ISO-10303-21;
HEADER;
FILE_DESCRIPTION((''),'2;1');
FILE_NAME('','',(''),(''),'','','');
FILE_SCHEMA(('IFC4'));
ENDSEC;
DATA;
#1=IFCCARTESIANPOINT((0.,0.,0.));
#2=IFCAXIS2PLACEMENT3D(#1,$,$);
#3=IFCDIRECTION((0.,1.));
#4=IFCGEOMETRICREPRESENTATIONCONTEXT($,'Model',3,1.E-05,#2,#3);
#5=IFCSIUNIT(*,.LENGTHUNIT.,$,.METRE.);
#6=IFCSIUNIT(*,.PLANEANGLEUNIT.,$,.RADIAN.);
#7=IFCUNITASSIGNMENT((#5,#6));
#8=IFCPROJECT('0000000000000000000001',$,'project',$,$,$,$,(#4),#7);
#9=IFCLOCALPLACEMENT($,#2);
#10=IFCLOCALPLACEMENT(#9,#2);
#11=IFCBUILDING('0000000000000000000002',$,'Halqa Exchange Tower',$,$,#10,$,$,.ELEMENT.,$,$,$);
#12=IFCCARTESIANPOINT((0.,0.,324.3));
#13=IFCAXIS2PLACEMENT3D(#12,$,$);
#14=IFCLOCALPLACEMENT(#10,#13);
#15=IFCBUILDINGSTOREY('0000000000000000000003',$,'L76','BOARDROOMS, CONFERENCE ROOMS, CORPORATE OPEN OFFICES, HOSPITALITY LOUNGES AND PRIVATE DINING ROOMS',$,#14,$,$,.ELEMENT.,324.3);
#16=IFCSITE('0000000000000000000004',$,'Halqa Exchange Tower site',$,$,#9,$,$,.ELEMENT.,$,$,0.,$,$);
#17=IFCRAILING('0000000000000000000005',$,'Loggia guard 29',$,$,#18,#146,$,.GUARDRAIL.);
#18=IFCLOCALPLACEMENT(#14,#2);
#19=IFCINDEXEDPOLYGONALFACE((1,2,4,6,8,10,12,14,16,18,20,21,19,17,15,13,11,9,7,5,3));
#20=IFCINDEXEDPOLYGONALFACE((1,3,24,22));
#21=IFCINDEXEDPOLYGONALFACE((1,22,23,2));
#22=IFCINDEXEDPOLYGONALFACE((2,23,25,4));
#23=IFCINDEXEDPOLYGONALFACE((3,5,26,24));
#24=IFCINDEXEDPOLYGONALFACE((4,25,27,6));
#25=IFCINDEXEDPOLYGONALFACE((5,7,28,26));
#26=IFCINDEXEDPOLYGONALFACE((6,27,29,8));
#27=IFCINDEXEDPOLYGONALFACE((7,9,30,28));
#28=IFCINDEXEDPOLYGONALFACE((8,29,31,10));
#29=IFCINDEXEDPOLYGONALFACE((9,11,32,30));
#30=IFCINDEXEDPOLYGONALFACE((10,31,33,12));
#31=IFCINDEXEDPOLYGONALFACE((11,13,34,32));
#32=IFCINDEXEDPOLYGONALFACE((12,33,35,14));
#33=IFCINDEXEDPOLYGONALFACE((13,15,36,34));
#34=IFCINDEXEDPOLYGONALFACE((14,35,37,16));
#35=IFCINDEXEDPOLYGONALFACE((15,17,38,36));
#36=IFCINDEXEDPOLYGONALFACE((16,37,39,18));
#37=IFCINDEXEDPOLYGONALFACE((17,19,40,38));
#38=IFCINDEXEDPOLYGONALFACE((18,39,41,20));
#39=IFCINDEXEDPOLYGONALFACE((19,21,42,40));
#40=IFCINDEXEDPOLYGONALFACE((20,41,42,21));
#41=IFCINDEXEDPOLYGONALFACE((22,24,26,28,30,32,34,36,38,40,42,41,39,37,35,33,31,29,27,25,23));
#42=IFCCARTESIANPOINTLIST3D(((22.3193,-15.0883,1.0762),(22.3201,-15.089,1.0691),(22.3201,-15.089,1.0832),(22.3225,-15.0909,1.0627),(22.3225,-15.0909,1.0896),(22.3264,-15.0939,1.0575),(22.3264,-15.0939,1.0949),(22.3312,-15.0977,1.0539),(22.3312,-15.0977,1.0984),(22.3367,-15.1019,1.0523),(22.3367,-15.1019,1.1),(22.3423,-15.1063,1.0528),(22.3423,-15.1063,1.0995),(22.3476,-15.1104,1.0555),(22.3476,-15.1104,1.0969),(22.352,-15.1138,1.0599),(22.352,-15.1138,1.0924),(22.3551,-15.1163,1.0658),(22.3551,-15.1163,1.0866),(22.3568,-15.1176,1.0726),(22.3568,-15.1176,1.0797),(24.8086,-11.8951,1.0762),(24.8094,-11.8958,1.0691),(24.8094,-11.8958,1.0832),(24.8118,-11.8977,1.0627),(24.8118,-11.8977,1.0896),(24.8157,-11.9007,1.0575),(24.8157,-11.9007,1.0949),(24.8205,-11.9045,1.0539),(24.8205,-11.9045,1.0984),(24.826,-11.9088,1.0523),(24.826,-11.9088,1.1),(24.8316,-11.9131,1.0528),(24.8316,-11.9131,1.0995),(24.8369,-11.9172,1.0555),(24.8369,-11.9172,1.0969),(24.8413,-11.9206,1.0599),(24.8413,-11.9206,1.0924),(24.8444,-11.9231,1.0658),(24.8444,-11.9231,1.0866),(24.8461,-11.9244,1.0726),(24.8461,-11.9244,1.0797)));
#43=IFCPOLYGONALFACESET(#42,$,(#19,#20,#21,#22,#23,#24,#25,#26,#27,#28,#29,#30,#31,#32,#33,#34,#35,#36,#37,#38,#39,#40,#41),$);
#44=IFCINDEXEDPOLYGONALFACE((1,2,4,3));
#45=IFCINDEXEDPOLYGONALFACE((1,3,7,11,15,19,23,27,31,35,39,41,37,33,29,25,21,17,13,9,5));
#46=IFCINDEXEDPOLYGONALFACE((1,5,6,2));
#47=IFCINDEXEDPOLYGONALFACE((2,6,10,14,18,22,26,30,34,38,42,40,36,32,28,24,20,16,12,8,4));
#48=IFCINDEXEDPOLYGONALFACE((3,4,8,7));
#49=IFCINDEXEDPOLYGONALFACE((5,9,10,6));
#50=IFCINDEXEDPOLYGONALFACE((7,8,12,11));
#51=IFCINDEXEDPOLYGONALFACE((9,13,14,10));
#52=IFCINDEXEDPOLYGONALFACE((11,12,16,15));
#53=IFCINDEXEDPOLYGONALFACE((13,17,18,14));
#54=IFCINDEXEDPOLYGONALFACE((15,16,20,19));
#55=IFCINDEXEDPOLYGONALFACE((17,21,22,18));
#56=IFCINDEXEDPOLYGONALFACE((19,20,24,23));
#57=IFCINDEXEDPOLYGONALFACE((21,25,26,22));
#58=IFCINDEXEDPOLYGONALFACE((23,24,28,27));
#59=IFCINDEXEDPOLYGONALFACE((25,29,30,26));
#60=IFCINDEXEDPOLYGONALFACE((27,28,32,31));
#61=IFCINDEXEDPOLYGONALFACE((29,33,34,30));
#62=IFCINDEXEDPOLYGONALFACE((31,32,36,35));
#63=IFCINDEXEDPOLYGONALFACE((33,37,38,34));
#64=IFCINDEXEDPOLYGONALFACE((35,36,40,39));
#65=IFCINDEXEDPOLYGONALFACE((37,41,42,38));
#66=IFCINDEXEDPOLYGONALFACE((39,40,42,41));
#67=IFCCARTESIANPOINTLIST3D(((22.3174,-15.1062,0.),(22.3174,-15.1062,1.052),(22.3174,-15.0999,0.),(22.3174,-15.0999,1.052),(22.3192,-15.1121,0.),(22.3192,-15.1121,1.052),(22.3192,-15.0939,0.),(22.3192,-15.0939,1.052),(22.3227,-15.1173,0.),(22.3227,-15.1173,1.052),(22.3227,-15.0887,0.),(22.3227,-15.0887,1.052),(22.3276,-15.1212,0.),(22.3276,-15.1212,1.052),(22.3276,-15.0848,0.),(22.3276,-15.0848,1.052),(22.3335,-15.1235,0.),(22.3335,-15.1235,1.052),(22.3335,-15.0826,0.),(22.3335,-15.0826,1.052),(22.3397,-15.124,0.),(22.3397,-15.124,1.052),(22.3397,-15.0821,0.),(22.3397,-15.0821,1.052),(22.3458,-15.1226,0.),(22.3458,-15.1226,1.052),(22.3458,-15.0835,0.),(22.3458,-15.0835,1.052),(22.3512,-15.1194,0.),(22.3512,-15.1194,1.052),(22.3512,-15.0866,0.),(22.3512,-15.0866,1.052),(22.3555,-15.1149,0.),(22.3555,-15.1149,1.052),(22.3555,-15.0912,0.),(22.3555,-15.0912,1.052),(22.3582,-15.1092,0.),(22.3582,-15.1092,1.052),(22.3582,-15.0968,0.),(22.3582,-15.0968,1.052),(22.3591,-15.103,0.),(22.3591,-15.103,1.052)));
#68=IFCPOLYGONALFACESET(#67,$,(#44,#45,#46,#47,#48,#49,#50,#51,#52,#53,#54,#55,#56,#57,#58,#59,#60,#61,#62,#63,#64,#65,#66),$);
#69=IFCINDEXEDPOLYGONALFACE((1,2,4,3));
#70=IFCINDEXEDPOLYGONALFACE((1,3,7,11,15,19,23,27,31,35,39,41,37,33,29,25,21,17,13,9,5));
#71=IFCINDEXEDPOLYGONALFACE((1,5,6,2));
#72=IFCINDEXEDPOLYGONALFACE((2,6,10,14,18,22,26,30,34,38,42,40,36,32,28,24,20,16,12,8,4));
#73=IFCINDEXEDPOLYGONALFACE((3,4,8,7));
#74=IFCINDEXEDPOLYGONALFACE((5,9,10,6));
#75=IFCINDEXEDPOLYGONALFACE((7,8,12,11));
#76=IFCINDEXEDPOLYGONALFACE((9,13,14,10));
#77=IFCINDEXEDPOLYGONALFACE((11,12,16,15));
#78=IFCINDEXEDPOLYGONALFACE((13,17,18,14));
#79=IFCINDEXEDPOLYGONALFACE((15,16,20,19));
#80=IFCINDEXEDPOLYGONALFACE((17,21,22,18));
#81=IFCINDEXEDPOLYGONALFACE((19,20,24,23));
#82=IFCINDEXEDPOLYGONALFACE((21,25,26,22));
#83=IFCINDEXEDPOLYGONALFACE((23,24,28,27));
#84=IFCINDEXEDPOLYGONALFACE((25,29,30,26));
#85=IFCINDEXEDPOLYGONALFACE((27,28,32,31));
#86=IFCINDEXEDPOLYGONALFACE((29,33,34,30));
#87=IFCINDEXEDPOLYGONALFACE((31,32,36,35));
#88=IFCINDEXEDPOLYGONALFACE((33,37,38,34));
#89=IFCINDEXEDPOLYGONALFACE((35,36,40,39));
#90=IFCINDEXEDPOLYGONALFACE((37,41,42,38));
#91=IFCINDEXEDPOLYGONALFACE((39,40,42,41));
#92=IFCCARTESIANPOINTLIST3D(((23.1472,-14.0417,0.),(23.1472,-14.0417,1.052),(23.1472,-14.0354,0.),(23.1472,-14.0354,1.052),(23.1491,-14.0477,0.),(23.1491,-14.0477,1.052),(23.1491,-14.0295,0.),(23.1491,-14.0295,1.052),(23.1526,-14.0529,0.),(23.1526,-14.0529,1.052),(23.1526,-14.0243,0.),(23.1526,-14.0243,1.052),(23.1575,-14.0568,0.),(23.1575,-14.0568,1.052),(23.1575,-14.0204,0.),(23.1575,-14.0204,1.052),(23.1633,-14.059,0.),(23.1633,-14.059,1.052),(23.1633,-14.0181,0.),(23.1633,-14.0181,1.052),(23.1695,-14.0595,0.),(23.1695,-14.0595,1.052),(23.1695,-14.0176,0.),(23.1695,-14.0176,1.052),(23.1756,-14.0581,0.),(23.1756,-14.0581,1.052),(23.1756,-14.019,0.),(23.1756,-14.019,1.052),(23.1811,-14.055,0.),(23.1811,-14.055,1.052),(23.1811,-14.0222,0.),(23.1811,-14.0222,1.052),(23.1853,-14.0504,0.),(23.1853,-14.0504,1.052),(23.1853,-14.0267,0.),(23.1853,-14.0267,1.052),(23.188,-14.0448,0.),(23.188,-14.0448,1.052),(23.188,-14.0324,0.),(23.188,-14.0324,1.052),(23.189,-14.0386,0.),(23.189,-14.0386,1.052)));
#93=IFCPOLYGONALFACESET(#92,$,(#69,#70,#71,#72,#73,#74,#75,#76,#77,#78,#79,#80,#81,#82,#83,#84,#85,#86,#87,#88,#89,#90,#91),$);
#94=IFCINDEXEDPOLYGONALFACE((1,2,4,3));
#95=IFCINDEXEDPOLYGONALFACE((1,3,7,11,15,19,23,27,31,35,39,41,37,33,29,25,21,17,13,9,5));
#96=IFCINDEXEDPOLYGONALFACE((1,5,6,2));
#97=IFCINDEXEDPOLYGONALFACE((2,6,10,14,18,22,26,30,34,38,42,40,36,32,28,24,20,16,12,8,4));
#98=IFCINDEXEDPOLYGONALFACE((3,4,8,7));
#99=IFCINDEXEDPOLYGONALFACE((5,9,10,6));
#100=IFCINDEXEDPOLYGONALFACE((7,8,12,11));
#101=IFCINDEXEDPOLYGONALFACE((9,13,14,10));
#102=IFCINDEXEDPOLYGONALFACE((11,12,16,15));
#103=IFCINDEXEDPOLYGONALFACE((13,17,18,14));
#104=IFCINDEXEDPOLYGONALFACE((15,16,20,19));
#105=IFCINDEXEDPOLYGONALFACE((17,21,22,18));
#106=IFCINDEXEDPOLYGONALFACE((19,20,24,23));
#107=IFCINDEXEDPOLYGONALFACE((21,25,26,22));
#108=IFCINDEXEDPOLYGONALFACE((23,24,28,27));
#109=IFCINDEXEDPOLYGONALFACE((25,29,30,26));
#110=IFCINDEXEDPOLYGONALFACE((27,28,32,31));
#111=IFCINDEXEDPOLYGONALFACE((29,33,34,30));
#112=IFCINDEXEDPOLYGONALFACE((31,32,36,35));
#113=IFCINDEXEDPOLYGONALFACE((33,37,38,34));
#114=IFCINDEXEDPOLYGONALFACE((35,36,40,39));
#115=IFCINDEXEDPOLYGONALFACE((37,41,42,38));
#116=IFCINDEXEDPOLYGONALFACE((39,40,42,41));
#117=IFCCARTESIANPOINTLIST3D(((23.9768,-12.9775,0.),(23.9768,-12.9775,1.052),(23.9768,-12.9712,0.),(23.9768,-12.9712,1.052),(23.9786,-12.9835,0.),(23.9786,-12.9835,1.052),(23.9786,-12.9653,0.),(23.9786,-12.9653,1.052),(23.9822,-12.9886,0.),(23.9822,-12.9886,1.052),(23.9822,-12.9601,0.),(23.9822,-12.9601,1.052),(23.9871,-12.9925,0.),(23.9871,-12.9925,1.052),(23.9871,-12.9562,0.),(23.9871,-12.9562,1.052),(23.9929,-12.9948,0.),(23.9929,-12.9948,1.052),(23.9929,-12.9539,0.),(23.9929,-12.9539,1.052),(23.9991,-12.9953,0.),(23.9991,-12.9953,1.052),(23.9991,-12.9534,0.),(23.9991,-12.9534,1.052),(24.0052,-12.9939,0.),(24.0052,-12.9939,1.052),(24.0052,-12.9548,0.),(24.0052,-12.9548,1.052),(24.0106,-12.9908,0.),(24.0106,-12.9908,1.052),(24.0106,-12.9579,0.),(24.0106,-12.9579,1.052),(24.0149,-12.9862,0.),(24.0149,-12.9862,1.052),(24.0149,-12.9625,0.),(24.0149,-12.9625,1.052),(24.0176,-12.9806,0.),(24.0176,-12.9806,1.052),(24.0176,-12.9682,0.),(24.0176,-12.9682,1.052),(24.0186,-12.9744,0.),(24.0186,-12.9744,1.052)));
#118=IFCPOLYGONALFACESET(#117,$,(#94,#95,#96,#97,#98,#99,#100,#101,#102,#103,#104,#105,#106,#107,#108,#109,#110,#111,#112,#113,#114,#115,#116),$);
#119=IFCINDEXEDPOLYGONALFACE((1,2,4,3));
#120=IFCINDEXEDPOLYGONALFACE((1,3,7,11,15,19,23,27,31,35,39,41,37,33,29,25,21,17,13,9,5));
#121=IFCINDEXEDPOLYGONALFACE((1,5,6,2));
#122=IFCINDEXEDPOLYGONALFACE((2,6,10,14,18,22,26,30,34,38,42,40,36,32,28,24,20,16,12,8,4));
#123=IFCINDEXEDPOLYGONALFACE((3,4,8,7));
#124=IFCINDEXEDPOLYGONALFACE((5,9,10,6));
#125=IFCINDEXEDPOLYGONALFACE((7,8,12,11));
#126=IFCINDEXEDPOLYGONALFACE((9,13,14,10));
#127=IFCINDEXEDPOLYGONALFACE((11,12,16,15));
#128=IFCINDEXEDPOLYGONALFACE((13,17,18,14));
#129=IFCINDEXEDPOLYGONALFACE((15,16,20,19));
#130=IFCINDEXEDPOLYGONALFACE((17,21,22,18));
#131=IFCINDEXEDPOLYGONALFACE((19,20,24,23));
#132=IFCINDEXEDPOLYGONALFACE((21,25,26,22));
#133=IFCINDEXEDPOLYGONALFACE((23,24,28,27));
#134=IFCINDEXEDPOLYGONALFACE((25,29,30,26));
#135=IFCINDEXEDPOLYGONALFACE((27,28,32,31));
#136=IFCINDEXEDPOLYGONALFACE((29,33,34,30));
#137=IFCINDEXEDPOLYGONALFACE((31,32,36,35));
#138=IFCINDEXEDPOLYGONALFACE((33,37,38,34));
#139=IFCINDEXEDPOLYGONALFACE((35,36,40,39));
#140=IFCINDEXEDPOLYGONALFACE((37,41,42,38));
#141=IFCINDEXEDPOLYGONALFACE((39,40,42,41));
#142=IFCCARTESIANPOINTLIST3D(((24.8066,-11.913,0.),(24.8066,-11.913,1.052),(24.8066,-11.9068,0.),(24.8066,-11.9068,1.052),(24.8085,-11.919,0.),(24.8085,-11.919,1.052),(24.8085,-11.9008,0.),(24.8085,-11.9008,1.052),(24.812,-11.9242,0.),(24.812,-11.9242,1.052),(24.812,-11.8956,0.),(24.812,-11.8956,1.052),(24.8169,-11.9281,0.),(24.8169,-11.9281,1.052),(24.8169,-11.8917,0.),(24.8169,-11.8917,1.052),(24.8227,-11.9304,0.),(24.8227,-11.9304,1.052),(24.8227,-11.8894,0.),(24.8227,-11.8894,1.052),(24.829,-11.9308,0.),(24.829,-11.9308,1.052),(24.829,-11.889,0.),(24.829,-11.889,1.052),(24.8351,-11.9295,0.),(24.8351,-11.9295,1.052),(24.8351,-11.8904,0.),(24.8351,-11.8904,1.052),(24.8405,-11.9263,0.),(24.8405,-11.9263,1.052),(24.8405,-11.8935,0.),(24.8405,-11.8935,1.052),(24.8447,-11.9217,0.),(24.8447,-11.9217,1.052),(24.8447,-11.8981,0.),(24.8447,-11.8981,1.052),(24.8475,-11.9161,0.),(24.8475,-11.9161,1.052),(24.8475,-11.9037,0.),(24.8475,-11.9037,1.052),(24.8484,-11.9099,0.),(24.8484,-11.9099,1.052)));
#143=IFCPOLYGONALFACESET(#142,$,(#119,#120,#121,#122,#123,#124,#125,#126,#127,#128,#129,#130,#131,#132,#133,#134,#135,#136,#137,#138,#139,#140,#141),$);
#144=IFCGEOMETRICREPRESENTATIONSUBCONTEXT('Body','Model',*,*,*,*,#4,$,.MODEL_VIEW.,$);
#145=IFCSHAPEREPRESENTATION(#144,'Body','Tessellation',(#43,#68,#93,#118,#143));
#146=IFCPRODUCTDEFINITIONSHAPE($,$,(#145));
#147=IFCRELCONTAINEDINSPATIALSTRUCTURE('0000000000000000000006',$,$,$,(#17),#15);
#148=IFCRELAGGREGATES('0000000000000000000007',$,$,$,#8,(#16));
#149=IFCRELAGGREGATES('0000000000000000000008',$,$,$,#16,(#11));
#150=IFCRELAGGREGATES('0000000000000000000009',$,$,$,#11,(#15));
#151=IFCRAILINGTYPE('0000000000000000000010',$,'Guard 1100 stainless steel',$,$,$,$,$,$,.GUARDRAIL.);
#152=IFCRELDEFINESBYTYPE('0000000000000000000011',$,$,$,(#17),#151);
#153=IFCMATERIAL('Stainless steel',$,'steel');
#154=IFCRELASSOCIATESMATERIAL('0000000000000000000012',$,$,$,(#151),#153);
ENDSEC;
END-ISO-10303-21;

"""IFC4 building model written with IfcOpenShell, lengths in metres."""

from ifc_helpers import new_model, si_unit, direction, frame, origin, origin_2d, place, context, subcontext, project, spatial, circle, extrude, material, type_object, element, save


model = new_model("IFC4")

# Units and contexts
model_context = context("Model", 3, precision=1e-05, world=origin(), true_north=direction((0.0, 1.0)))
body_context = subcontext(model_context, "Body", "Model", "MODEL_VIEW")
ifc_project = project(units=[si_unit("LENGTHUNIT", "METRE"), si_unit("PLANEANGLEUNIT", "RADIAN")], contexts=[model_context])

# Site, building, storey
site_placement = place(None, origin())
site = spatial("IfcSite", under=ifc_project, at=site_placement, Name="Halqa Exchange Tower site", CompositionType="ELEMENT", RefElevation=0.0)
building_placement = place(site_placement, origin())
building = spatial("IfcBuilding", under=site, at=building_placement, Name="Halqa Exchange Tower", CompositionType="ELEMENT")
storey_placement = place(building_placement, frame((0.0, 0.0, 324.3)))
storey = spatial("IfcBuildingStorey", under=building, at=storey_placement, Name="L76", Description="BOARDROOMS, CONFERENCE ROOMS, CORPORATE OPEN OFFICES, HOSPITALITY LOUNGES AND PRIVATE DINING ROOMS", CompositionType="ELEMENT", Elevation=324.3)

# Railing
ifc_material_1 = material(Name="Stainless steel", Category="steel")
railing_type = type_object("IfcRailingType", Name="Guard 1100 stainless steel", PredefinedType="GUARDRAIL", material=ifc_material_1)
railing_1_placement = place(storey_placement, frame((22.3381, -15.103, 0.0)))
element("IfcRailing", 1, at=railing_1_placement, inside=storey, type_object=railing_type, Name="Loggia guard 29", PredefinedType="GUARDRAIL", context=body_context, shape_type="SweptSolid", body=[
    extrude(circle(Radius=0.0239, at=origin_2d()), frame((0.0, 0.0, 1.0762), z_axis=(0.614821, 0.788667, 0.0), x_axis=(-0.788667, 0.614821, 0.0)), (0.0, 0.0, 1.0), 4.0488),
    extrude(circle(Radius=0.021, at=origin_2d()), origin(), (0.0, 0.0, 1.0), 1.052),
    extrude(circle(Radius=0.021, at=origin_2d()), frame((0.8298, 1.0645, 0.0)), (0.0, 0.0, 1.0), 1.052),
    extrude(circle(Radius=0.021, at=origin_2d()), frame((1.6594, 2.1287, 0.0)), (0.0, 0.0, 1.0), 1.052),
    extrude(circle(Radius=0.021, at=origin_2d()), frame((2.4893, 3.1931, 0.0)), (0.0, 0.0, 1.0), 1.052),
])

save(model, "model.ifc")
